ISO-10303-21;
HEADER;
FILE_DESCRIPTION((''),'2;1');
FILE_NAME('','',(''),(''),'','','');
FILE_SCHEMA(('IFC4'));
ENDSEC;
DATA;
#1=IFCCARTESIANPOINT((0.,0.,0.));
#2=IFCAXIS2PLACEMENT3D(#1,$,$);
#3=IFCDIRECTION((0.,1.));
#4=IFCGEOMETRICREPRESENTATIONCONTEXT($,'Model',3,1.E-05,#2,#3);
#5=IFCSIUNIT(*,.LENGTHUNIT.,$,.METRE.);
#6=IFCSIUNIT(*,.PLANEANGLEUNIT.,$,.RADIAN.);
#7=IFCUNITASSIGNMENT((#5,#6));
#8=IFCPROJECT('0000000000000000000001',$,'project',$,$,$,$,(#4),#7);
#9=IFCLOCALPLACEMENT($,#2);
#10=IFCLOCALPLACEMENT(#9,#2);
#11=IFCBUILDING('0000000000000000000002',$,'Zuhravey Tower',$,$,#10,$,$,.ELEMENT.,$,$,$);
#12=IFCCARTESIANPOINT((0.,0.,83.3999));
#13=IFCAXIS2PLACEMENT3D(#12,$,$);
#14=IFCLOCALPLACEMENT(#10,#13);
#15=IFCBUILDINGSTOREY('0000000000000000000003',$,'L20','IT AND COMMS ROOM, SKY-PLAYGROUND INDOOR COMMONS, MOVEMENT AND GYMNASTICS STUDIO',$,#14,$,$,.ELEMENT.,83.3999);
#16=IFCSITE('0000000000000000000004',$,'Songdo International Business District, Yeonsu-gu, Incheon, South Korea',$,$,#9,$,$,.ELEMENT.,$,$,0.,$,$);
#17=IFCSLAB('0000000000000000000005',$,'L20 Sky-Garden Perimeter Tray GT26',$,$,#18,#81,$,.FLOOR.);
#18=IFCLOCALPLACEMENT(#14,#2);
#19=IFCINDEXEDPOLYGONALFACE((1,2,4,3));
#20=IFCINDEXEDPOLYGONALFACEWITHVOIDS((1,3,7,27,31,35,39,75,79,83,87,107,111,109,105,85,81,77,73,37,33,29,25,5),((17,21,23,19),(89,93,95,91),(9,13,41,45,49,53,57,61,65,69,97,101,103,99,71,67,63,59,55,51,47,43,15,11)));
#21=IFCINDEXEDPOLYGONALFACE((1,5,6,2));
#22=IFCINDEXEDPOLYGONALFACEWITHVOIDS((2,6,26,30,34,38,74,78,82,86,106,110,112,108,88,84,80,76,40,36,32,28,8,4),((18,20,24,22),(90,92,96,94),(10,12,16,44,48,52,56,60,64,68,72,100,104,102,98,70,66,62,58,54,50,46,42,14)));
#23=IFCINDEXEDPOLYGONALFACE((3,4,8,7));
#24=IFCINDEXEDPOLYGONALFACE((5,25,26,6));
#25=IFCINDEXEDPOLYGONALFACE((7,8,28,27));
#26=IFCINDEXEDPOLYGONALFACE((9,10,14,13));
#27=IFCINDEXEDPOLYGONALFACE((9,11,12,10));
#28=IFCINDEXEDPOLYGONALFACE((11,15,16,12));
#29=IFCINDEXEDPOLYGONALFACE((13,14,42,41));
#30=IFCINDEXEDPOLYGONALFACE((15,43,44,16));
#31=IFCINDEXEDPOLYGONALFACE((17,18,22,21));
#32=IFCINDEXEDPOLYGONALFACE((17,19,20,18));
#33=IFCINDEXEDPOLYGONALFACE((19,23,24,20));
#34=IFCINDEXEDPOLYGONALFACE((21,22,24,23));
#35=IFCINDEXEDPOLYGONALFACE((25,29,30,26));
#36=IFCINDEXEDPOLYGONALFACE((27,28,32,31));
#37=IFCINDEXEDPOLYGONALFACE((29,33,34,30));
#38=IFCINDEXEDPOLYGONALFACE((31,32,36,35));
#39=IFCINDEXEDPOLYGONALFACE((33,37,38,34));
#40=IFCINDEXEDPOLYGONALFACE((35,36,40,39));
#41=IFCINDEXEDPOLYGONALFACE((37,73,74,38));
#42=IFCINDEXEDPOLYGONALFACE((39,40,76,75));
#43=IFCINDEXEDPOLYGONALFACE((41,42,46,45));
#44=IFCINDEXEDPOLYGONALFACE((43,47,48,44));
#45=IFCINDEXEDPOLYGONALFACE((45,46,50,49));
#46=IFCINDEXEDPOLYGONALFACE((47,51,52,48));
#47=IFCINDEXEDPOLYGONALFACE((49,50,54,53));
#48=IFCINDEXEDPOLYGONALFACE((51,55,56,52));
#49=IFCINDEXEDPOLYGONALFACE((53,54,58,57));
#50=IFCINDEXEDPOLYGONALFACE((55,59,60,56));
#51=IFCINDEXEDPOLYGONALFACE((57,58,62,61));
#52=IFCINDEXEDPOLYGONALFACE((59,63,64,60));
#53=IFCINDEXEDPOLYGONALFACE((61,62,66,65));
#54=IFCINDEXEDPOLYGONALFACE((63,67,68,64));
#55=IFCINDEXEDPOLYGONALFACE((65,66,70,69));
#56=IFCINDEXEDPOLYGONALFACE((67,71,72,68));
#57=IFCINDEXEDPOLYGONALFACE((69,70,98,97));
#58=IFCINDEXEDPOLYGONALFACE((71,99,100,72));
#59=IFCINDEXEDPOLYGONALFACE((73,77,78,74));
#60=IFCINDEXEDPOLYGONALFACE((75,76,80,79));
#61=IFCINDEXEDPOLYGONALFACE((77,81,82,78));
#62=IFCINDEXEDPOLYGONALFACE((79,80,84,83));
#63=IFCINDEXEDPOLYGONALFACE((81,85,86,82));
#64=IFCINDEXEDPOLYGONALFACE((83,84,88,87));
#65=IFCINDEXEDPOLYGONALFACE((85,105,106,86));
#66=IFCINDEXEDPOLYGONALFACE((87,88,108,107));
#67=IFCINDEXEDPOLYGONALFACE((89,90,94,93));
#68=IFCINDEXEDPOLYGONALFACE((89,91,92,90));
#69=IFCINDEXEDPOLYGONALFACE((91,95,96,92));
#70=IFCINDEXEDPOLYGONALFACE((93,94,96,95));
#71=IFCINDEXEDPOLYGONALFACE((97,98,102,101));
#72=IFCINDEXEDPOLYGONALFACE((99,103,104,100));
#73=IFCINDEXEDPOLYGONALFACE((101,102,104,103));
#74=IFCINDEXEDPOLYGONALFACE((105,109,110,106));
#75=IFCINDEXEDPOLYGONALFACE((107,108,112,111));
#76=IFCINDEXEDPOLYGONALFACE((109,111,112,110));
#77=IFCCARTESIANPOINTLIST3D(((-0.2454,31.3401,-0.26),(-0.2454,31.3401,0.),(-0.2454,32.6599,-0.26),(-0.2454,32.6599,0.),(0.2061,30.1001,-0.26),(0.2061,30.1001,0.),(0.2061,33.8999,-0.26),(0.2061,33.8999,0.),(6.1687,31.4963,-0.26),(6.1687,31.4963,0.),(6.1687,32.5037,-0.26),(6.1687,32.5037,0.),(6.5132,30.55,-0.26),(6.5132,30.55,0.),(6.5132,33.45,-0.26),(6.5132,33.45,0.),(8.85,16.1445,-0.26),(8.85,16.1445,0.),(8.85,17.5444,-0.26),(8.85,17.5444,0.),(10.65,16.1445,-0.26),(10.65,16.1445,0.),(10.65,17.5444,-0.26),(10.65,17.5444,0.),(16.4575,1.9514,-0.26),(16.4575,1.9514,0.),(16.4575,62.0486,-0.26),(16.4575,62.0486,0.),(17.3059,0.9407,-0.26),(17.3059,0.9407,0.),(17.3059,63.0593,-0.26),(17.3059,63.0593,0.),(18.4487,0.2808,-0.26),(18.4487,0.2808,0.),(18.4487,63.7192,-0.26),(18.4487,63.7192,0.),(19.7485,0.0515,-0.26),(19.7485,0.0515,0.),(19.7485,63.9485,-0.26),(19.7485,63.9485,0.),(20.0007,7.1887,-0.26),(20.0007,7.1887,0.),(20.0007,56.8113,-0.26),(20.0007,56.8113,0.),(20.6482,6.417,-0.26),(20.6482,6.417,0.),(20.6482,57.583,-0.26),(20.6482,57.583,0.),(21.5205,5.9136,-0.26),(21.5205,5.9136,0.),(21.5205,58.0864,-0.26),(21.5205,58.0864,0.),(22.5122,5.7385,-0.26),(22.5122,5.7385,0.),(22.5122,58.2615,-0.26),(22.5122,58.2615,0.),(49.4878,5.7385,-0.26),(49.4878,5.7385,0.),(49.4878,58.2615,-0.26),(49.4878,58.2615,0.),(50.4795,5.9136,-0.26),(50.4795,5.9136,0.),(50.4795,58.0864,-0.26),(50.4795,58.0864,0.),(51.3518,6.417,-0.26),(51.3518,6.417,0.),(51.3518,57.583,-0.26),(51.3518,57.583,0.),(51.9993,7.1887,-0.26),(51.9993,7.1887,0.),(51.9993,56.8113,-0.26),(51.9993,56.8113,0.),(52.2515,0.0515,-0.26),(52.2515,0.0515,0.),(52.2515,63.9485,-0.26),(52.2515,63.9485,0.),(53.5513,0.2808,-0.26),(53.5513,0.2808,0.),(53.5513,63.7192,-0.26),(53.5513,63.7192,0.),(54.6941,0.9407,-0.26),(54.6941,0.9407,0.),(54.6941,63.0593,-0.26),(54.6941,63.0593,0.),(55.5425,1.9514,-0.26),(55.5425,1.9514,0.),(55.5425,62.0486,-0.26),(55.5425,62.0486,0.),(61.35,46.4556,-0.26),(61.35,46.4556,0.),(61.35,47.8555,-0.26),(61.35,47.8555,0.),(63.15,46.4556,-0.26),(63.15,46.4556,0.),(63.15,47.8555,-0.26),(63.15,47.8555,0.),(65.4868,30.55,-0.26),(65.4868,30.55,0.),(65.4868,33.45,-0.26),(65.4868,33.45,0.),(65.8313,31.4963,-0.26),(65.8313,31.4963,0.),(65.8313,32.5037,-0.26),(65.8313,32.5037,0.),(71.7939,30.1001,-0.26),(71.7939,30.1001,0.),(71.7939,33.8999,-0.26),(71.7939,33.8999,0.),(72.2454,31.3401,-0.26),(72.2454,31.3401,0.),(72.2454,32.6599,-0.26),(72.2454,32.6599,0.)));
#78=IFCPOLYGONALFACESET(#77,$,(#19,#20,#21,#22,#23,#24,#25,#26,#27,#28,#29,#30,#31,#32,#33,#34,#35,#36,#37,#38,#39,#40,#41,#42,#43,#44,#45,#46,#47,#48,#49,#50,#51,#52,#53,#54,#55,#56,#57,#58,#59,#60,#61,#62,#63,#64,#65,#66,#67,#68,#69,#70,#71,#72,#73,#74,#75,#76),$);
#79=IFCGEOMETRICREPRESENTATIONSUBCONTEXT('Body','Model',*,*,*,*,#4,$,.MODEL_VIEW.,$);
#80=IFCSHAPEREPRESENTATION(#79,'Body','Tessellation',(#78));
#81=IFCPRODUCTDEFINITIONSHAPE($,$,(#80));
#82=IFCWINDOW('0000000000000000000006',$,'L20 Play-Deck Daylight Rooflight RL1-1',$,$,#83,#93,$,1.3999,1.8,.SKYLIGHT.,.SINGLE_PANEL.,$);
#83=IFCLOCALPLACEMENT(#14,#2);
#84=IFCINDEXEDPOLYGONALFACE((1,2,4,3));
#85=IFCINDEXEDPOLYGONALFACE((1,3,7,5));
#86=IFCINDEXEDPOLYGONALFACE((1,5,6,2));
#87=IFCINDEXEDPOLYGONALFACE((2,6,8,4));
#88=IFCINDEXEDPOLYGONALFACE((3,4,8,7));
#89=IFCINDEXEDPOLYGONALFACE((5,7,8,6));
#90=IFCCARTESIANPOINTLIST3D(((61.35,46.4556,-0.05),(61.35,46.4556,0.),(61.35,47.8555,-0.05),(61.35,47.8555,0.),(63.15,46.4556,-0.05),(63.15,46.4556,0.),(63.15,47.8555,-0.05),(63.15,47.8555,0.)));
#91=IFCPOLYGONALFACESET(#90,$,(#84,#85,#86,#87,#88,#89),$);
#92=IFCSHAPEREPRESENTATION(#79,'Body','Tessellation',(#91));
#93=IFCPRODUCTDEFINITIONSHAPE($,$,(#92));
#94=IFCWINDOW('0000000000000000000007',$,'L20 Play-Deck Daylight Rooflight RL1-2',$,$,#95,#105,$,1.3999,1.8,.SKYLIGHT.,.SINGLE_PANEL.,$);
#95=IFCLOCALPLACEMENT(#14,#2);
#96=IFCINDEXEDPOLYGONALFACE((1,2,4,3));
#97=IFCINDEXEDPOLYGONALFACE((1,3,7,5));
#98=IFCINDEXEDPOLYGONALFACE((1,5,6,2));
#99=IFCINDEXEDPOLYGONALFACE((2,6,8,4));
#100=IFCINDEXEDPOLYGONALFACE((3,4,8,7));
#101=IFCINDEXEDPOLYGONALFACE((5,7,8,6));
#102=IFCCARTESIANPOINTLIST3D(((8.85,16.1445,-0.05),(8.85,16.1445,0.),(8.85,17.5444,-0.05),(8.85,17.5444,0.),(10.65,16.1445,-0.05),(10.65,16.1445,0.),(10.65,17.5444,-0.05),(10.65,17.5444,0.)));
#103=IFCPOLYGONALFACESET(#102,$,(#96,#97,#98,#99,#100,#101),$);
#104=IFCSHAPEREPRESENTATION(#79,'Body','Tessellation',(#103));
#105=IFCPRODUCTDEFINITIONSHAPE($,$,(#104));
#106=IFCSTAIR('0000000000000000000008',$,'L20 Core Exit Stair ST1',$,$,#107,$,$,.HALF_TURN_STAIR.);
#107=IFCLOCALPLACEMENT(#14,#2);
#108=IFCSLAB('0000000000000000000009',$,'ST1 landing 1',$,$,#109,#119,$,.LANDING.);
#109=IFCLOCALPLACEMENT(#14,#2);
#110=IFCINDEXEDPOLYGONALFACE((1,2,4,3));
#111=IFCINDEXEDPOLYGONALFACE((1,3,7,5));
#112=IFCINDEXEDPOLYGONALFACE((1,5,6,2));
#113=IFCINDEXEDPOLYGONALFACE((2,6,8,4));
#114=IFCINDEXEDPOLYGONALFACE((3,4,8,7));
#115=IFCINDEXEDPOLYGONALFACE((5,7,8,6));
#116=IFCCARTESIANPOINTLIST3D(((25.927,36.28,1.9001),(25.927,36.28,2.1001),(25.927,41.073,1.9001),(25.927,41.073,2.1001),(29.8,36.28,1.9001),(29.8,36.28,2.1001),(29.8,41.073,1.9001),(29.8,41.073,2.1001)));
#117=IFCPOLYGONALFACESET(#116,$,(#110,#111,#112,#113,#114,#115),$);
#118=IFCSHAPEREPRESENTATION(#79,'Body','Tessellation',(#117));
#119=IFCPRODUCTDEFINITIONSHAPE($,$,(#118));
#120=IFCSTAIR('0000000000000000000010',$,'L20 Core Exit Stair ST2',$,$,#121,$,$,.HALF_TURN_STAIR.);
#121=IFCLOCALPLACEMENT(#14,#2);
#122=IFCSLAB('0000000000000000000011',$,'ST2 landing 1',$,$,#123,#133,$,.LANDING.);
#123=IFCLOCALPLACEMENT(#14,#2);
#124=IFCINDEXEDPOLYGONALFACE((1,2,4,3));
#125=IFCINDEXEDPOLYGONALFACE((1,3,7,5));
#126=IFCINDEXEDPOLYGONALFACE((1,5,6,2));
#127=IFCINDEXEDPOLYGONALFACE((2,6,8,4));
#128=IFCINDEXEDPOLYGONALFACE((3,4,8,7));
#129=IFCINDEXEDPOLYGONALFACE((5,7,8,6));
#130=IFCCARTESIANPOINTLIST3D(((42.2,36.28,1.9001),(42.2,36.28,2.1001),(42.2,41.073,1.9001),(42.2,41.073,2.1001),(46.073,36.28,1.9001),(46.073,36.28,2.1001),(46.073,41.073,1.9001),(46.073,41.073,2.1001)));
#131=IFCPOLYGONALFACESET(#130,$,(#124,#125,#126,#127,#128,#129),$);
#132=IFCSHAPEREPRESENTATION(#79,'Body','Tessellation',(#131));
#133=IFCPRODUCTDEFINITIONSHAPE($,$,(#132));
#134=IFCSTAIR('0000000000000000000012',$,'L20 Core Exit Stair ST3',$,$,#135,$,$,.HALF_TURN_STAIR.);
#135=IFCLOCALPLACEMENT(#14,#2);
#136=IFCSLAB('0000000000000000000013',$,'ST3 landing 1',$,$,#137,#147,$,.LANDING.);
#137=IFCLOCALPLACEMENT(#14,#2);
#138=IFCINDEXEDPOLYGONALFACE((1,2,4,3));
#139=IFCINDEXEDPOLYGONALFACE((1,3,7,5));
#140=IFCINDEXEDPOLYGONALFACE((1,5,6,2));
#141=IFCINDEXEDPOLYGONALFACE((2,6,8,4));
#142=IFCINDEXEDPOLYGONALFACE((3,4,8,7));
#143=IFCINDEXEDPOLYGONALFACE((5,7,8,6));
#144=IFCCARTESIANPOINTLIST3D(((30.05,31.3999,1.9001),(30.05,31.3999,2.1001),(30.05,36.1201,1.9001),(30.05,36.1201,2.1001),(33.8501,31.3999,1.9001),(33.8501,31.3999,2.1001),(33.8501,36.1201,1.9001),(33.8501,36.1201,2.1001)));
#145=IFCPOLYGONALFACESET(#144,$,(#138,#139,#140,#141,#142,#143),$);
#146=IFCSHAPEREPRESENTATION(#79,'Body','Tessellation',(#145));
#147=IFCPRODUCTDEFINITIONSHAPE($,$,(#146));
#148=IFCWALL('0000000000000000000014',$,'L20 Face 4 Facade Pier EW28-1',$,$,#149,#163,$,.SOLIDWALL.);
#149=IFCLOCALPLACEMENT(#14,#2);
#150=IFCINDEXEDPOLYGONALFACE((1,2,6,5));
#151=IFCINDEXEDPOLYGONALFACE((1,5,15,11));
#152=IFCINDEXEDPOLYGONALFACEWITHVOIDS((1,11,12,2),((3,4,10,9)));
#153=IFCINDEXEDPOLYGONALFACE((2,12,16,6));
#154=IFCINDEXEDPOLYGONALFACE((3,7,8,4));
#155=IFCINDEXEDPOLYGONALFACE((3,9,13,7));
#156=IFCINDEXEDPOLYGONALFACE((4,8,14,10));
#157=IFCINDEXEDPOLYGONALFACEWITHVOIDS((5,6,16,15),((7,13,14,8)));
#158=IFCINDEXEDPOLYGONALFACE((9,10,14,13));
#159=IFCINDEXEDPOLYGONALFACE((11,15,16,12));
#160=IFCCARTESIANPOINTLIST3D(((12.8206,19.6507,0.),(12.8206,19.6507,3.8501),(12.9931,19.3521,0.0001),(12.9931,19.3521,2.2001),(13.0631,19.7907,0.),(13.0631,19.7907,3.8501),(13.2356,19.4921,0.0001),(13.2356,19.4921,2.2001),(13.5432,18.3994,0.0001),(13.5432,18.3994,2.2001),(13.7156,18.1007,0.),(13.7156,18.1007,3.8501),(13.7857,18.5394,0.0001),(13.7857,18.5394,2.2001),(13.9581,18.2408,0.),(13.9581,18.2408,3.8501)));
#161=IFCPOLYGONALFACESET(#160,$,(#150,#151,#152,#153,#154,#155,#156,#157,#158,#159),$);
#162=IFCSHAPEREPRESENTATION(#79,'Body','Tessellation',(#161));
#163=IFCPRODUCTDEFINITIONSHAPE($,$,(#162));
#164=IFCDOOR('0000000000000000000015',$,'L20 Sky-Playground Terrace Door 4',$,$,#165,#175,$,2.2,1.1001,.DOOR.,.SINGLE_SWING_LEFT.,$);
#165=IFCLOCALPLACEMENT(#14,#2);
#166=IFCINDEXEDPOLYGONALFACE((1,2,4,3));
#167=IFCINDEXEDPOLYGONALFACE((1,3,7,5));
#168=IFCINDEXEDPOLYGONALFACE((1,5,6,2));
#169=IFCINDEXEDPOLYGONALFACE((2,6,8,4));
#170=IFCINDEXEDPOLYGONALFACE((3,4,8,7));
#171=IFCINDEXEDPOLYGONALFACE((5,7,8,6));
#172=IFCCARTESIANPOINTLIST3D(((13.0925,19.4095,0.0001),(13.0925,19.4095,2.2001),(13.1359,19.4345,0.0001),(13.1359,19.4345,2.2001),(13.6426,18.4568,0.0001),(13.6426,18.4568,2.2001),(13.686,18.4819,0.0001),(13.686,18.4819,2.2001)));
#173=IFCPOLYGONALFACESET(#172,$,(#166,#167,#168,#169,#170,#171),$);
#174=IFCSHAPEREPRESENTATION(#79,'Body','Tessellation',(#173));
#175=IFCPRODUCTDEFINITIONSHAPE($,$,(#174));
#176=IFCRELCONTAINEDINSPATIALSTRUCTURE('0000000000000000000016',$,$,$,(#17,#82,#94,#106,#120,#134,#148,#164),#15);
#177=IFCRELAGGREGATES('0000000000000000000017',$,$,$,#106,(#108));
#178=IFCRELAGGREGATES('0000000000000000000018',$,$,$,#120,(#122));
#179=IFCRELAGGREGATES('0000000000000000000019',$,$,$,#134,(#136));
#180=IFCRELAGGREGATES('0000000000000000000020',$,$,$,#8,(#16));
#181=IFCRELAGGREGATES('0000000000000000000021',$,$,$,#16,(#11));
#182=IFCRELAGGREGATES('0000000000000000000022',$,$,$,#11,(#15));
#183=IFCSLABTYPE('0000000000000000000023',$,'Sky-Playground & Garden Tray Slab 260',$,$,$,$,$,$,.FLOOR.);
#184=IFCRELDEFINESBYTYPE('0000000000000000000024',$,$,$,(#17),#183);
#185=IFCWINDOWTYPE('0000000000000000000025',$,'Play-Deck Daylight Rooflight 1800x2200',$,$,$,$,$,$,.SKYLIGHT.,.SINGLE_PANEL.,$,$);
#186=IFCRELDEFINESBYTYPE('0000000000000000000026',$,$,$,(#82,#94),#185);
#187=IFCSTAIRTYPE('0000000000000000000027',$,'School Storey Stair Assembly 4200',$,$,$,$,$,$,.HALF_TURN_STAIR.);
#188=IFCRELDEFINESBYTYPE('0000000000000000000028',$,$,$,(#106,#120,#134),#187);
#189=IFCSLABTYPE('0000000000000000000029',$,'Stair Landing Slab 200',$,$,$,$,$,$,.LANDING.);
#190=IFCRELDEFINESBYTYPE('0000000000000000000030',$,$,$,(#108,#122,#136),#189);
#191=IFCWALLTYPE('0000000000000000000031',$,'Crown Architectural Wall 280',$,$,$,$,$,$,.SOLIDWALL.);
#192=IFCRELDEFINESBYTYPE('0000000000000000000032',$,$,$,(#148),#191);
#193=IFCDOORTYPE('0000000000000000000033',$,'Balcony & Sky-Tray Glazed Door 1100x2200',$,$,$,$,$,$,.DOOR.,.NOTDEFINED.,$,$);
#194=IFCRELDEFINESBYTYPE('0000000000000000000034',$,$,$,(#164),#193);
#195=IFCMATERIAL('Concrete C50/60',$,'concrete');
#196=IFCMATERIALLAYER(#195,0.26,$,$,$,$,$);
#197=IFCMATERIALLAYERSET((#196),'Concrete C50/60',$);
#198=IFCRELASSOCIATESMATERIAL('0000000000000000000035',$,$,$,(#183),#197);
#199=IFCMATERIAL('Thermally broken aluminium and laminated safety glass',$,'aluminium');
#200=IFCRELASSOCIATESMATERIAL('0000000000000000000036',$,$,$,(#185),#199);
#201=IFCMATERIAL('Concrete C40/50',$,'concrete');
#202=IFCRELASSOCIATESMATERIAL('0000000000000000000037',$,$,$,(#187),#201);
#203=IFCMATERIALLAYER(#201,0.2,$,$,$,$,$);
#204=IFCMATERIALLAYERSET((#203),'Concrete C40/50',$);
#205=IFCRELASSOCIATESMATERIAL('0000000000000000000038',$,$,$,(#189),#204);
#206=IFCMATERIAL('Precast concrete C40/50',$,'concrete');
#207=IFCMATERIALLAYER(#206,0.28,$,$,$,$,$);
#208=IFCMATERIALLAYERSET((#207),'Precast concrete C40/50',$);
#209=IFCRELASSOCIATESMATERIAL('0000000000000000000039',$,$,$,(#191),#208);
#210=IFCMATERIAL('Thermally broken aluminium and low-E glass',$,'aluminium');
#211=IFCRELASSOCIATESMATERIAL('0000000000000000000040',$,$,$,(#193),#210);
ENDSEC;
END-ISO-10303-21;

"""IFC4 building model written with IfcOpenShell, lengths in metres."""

from ifc_helpers import new_model, si_unit, direction, frame, frame_2d, origin, origin_2d, place, context, subcontext, project, spatial, polyline, rectangle, outline, extrude, material, layer, layer_set, type_object, element, fill, aggregate, save


model = new_model("IFC4")

# Units and contexts
model_context = context("Model", 3, precision=1e-05, world=origin(), true_north=direction((0.0, 1.0)))
body_context = subcontext(model_context, "Body", "Model", "MODEL_VIEW")
ifc_project = project(units=[si_unit("LENGTHUNIT", "METRE"), si_unit("PLANEANGLEUNIT", "RADIAN")], contexts=[model_context])

# Site, building, storey
site_placement = place(None, origin())
site = spatial("IfcSite", under=ifc_project, at=site_placement, Name="Songdo International Business District, Yeonsu-gu, Incheon, South Korea", CompositionType="ELEMENT", RefElevation=0.0)
building_placement = place(site_placement, origin())
building = spatial("IfcBuilding", under=site, at=building_placement, Name="Zuhravey Tower", CompositionType="ELEMENT")
storey_placement = place(building_placement, frame((0.0, 0.0, 83.3999)))
storey = spatial("IfcBuildingStorey", under=building, at=storey_placement, Name="L20", Description="IT AND COMMS ROOM, SKY-PLAYGROUND INDOOR COMMONS, MOVEMENT AND GYMNASTICS STUDIO", CompositionType="ELEMENT", Elevation=83.3999)

# Shared definitions
ifc_material_1 = material(Name="Concrete C50/60", Category="concrete")

# Slab, openings, windows
ifc_layer_1 = layer(ifc_material_1, 0.26)
ifc_layer_set_1 = layer_set([ifc_layer_1], Name="Concrete C50/60")
slab_type_1 = type_object("IfcSlabType", Name="Sky-Playground & Garden Tray Slab 260", PredefinedType="FLOOR", material=ifc_layer_set_1)
slab_1_placement = place(storey_placement, frame((0.0, 0.0, -0.26)))
slab_1 = element("IfcSlab", 1, at=slab_1_placement, inside=storey, type_object=slab_type_1, Name="L20 Sky-Garden Perimeter Tray GT26", PredefinedType="FLOOR", context=body_context, shape_type="SweptSolid", body=[
    extrude(outline(polyline([(71.7939, 30.1001), (72.2454, 31.3401), (72.2454, 32.6599), (71.7939, 33.8999), (55.5425, 62.0486), (54.6941, 63.0593), (53.5513, 63.7192), (52.2515, 63.9485), (19.7485, 63.9485), (18.4487, 63.7192), (17.3059, 63.0593), (16.4575, 62.0486), (0.2061, 33.8999), (-0.2454, 32.6599), (-0.2454, 31.3401), (0.2061, 30.1001), (16.4575, 1.9514), (17.3059, 0.9407), (18.4487, 0.2808), (19.7485, 0.0515), (52.2515, 0.0515), (53.5513, 0.2808), (54.6941, 0.9407), (55.5425, 1.9514), (71.7939, 30.1001)]), holes=[polyline([(65.4868, 30.55), (65.8313, 31.4963), (65.8313, 32.5037), (65.4868, 33.45), (51.9993, 56.8113), (51.3518, 57.583), (50.4795, 58.0864), (49.4878, 58.2615), (22.5122, 58.2615), (21.5205, 58.0864), (20.6482, 57.583), (20.0007, 56.8113), (6.5132, 33.45), (6.1687, 32.5037), (6.1687, 31.4963), (6.5132, 30.55), (20.0007, 7.1887), (20.6482, 6.417), (21.5205, 5.9136), (22.5122, 5.7385), (49.4878, 5.7385), (50.4795, 5.9136), (51.3518, 6.417), (51.9993, 7.1887), (65.4868, 30.55)])]), origin(), (0.0, 0.0, 1.0), 0.26),
])
opening_1_placement = place(slab_1_placement, frame((62.25, 47.1555, 0.0)))
opening_1 = element("IfcOpeningElement", 2, at=opening_1_placement, cuts=slab_1, PredefinedType="OPENING", context=body_context, shape_type="SweptSolid", body=[
    extrude(rectangle(XDim=1.8, YDim=1.3999, at=origin_2d()), origin(), (0.0, 0.0, 1.0), 0.26),
])
opening_2_placement = place(slab_1_placement, frame((9.75, 16.8445, 0.0)))
opening_2 = element("IfcOpeningElement", 3, at=opening_2_placement, cuts=slab_1, PredefinedType="OPENING", context=body_context, shape_type="SweptSolid", body=[
    extrude(rectangle(XDim=1.8, YDim=1.3999, at=origin_2d()), origin(), (0.0, 0.0, 1.0), 0.26),
])
ifc_material_2 = material(Name="Thermally broken aluminium and laminated safety glass", Category="aluminium")
window_type = type_object("IfcWindowType", Name="Play-Deck Daylight Rooflight 1800x2200", PartitioningType="SINGLE_PANEL", PredefinedType="SKYLIGHT", material=ifc_material_2)
window_1_placement = place(opening_1_placement, frame((0.0, 0.0, 0.21)))
window_1 = element("IfcWindow", 4, at=window_1_placement, inside=storey, type_object=window_type, Name="L20 Play-Deck Daylight Rooflight RL1-1", OverallHeight=1.3999, OverallWidth=1.8, PartitioningType="SINGLE_PANEL", PredefinedType="SKYLIGHT", context=body_context, shape_type="SweptSolid", body=[
    extrude(rectangle(XDim=1.8, YDim=1.3999, at=origin_2d()), origin(), (0.0, 0.0, 1.0), 0.05),
])
fill(opening_1, window_1)
window_2_placement = place(opening_2_placement, frame((0.0, 0.0, 0.21)))
window_2 = element("IfcWindow", 5, at=window_2_placement, inside=storey, type_object=window_type, Name="L20 Play-Deck Daylight Rooflight RL1-2", OverallHeight=1.3999, OverallWidth=1.8, PartitioningType="SINGLE_PANEL", PredefinedType="SKYLIGHT", context=body_context, shape_type="SweptSolid", body=[
    extrude(rectangle(XDim=1.8, YDim=1.3999, at=origin_2d()), origin(), (0.0, 0.0, 1.0), 0.05),
])
fill(opening_2, window_2)

# Stairs, slabs
ifc_material_3 = material(Name="Concrete C40/50", Category="concrete")
stair_type = type_object("IfcStairType", Name="School Storey Stair Assembly 4200", PredefinedType="HALF_TURN_STAIR", material=ifc_material_3)
stair_1_placement = place(storey_placement, origin())
stair_1 = element("IfcStair", 6, at=stair_1_placement, inside=storey, type_object=stair_type, Name="L20 Core Exit Stair ST1", PredefinedType="HALF_TURN_STAIR")
ifc_layer_2 = layer(ifc_material_3, 0.2)
ifc_layer_set_2 = layer_set([ifc_layer_2], Name="Concrete C40/50")
slab_type_2 = type_object("IfcSlabType", Name="Stair Landing Slab 200", PredefinedType="LANDING", material=ifc_layer_set_2)
slab_2_placement = place(storey_placement, frame((0.0, 0.0, 1.9001)))
slab_2 = element("IfcSlab", 7, at=slab_2_placement, type_object=slab_type_2, Name="ST1 landing 1", PredefinedType="LANDING", context=body_context, shape_type="SweptSolid", body=[
    extrude(outline(polyline([(29.8, 36.28), (29.8, 41.073), (25.927, 41.073), (25.927, 36.28), (29.8, 36.28)])), origin(), (0.0, 0.0, 1.0), 0.2),
])
aggregate(stair_1, [slab_2])
stair_2_placement = place(storey_placement, origin())
stair_2 = element("IfcStair", 8, at=stair_2_placement, inside=storey, type_object=stair_type, Name="L20 Core Exit Stair ST2", PredefinedType="HALF_TURN_STAIR")
slab_3_placement = place(storey_placement, frame((0.0, 0.0, 1.9001)))
slab_3 = element("IfcSlab", 9, at=slab_3_placement, type_object=slab_type_2, Name="ST2 landing 1", PredefinedType="LANDING", context=body_context, shape_type="SweptSolid", body=[
    extrude(outline(polyline([(46.073, 36.28), (46.073, 41.073), (42.2, 41.073), (42.2, 36.28), (46.073, 36.28)])), origin(), (0.0, 0.0, 1.0), 0.2),
])
aggregate(stair_2, [slab_3])
stair_3_placement = place(storey_placement, origin())
stair_3 = element("IfcStair", 10, at=stair_3_placement, inside=storey, type_object=stair_type, Name="L20 Core Exit Stair ST3", PredefinedType="HALF_TURN_STAIR")
slab_4_placement = place(storey_placement, frame((0.0, 0.0, 1.9001)))
slab_4 = element("IfcSlab", 11, at=slab_4_placement, type_object=slab_type_2, Name="ST3 landing 1", PredefinedType="LANDING", context=body_context, shape_type="SweptSolid", body=[
    extrude(outline(polyline([(30.05, 36.1201), (30.05, 31.3999), (33.8501, 31.3999), (33.8501, 36.1201), (30.05, 36.1201)])), origin(), (0.0, 0.0, 1.0), 0.2),
])
aggregate(stair_3, [slab_4])

# Wall, opening, door
ifc_material_4 = material(Name="Precast concrete C40/50", Category="concrete")
ifc_layer_3 = layer(ifc_material_4, 0.28)
ifc_layer_set_3 = layer_set([ifc_layer_3], Name="Precast concrete C40/50")
wall_type = type_object("IfcWallType", Name="Crown Architectural Wall 280", PredefinedType="SOLIDWALL", material=ifc_layer_set_3)
wall_1_placement = place(storey_placement, frame((13.8369, 18.1707, 0.0), z_axis=(0.0, 0.0, 1.0), x_axis=(-0.500041, 0.866002, 0.0)))
wall_1 = element("IfcWall", 12, at=wall_1_placement, inside=storey, type_object=wall_type, Name="L20 Face 4 Facade Pier EW28-1", PredefinedType="SOLIDWALL", context=body_context, shape_type="SweptSolid", body=[
    extrude(rectangle(XDim=1.7898, YDim=0.28, at=frame_2d((0.895, 0.0))), origin(), (0.0, 0.0, 1.0), 3.8501),
])
opening_3_placement = place(wall_1_placement, frame((0.345, 0.0, 0.0)))
opening_3 = element("IfcOpeningElement", 13, at=opening_3_placement, cuts=wall_1, PredefinedType="OPENING", context=body_context, shape_type="SweptSolid", body=[
    extrude(rectangle(XDim=1.1001, YDim=2.2, at=frame_2d((0.55, 1.1001))), frame((0.0, 0.1521, 0.0), z_axis=(0.0, -1.0, 0.0), x_axis=(1.0, 0.0, 0.0)), (0.0, 0.0, 1.0), 0.304),
])
ifc_material_5 = material(Name="Thermally broken aluminium and low-E glass", Category="aluminium")
door_type = type_object("IfcDoorType", Name="Balcony & Sky-Tray Glazed Door 1100x2200", OperationType="NOTDEFINED", PredefinedType="DOOR", material=ifc_material_5)
door_placement = place(opening_3_placement, frame((1.1001, 0.0, 0.0), z_axis=(0.0, 0.0, 1.0), x_axis=(-1.0, 0.0, 0.0)))
door = element("IfcDoor", 14, at=door_placement, inside=storey, type_object=door_type, Name="L20 Sky-Playground Terrace Door 4", OperationType="SINGLE_SWING_LEFT", OverallHeight=2.2, OverallWidth=1.1001, PredefinedType="DOOR", context=body_context, shape_type="SweptSolid", body=[
    extrude(rectangle(XDim=1.1001, YDim=2.2, at=frame_2d((0.55, 1.1001))), frame((0.0, 0.0249, 0.0), z_axis=(0.0, -1.0, 0.0), x_axis=(1.0, 0.0, 0.0)), (0.0, 0.0, 1.0), 0.05),
])
fill(opening_3, door)

save(model, "model.ifc")
